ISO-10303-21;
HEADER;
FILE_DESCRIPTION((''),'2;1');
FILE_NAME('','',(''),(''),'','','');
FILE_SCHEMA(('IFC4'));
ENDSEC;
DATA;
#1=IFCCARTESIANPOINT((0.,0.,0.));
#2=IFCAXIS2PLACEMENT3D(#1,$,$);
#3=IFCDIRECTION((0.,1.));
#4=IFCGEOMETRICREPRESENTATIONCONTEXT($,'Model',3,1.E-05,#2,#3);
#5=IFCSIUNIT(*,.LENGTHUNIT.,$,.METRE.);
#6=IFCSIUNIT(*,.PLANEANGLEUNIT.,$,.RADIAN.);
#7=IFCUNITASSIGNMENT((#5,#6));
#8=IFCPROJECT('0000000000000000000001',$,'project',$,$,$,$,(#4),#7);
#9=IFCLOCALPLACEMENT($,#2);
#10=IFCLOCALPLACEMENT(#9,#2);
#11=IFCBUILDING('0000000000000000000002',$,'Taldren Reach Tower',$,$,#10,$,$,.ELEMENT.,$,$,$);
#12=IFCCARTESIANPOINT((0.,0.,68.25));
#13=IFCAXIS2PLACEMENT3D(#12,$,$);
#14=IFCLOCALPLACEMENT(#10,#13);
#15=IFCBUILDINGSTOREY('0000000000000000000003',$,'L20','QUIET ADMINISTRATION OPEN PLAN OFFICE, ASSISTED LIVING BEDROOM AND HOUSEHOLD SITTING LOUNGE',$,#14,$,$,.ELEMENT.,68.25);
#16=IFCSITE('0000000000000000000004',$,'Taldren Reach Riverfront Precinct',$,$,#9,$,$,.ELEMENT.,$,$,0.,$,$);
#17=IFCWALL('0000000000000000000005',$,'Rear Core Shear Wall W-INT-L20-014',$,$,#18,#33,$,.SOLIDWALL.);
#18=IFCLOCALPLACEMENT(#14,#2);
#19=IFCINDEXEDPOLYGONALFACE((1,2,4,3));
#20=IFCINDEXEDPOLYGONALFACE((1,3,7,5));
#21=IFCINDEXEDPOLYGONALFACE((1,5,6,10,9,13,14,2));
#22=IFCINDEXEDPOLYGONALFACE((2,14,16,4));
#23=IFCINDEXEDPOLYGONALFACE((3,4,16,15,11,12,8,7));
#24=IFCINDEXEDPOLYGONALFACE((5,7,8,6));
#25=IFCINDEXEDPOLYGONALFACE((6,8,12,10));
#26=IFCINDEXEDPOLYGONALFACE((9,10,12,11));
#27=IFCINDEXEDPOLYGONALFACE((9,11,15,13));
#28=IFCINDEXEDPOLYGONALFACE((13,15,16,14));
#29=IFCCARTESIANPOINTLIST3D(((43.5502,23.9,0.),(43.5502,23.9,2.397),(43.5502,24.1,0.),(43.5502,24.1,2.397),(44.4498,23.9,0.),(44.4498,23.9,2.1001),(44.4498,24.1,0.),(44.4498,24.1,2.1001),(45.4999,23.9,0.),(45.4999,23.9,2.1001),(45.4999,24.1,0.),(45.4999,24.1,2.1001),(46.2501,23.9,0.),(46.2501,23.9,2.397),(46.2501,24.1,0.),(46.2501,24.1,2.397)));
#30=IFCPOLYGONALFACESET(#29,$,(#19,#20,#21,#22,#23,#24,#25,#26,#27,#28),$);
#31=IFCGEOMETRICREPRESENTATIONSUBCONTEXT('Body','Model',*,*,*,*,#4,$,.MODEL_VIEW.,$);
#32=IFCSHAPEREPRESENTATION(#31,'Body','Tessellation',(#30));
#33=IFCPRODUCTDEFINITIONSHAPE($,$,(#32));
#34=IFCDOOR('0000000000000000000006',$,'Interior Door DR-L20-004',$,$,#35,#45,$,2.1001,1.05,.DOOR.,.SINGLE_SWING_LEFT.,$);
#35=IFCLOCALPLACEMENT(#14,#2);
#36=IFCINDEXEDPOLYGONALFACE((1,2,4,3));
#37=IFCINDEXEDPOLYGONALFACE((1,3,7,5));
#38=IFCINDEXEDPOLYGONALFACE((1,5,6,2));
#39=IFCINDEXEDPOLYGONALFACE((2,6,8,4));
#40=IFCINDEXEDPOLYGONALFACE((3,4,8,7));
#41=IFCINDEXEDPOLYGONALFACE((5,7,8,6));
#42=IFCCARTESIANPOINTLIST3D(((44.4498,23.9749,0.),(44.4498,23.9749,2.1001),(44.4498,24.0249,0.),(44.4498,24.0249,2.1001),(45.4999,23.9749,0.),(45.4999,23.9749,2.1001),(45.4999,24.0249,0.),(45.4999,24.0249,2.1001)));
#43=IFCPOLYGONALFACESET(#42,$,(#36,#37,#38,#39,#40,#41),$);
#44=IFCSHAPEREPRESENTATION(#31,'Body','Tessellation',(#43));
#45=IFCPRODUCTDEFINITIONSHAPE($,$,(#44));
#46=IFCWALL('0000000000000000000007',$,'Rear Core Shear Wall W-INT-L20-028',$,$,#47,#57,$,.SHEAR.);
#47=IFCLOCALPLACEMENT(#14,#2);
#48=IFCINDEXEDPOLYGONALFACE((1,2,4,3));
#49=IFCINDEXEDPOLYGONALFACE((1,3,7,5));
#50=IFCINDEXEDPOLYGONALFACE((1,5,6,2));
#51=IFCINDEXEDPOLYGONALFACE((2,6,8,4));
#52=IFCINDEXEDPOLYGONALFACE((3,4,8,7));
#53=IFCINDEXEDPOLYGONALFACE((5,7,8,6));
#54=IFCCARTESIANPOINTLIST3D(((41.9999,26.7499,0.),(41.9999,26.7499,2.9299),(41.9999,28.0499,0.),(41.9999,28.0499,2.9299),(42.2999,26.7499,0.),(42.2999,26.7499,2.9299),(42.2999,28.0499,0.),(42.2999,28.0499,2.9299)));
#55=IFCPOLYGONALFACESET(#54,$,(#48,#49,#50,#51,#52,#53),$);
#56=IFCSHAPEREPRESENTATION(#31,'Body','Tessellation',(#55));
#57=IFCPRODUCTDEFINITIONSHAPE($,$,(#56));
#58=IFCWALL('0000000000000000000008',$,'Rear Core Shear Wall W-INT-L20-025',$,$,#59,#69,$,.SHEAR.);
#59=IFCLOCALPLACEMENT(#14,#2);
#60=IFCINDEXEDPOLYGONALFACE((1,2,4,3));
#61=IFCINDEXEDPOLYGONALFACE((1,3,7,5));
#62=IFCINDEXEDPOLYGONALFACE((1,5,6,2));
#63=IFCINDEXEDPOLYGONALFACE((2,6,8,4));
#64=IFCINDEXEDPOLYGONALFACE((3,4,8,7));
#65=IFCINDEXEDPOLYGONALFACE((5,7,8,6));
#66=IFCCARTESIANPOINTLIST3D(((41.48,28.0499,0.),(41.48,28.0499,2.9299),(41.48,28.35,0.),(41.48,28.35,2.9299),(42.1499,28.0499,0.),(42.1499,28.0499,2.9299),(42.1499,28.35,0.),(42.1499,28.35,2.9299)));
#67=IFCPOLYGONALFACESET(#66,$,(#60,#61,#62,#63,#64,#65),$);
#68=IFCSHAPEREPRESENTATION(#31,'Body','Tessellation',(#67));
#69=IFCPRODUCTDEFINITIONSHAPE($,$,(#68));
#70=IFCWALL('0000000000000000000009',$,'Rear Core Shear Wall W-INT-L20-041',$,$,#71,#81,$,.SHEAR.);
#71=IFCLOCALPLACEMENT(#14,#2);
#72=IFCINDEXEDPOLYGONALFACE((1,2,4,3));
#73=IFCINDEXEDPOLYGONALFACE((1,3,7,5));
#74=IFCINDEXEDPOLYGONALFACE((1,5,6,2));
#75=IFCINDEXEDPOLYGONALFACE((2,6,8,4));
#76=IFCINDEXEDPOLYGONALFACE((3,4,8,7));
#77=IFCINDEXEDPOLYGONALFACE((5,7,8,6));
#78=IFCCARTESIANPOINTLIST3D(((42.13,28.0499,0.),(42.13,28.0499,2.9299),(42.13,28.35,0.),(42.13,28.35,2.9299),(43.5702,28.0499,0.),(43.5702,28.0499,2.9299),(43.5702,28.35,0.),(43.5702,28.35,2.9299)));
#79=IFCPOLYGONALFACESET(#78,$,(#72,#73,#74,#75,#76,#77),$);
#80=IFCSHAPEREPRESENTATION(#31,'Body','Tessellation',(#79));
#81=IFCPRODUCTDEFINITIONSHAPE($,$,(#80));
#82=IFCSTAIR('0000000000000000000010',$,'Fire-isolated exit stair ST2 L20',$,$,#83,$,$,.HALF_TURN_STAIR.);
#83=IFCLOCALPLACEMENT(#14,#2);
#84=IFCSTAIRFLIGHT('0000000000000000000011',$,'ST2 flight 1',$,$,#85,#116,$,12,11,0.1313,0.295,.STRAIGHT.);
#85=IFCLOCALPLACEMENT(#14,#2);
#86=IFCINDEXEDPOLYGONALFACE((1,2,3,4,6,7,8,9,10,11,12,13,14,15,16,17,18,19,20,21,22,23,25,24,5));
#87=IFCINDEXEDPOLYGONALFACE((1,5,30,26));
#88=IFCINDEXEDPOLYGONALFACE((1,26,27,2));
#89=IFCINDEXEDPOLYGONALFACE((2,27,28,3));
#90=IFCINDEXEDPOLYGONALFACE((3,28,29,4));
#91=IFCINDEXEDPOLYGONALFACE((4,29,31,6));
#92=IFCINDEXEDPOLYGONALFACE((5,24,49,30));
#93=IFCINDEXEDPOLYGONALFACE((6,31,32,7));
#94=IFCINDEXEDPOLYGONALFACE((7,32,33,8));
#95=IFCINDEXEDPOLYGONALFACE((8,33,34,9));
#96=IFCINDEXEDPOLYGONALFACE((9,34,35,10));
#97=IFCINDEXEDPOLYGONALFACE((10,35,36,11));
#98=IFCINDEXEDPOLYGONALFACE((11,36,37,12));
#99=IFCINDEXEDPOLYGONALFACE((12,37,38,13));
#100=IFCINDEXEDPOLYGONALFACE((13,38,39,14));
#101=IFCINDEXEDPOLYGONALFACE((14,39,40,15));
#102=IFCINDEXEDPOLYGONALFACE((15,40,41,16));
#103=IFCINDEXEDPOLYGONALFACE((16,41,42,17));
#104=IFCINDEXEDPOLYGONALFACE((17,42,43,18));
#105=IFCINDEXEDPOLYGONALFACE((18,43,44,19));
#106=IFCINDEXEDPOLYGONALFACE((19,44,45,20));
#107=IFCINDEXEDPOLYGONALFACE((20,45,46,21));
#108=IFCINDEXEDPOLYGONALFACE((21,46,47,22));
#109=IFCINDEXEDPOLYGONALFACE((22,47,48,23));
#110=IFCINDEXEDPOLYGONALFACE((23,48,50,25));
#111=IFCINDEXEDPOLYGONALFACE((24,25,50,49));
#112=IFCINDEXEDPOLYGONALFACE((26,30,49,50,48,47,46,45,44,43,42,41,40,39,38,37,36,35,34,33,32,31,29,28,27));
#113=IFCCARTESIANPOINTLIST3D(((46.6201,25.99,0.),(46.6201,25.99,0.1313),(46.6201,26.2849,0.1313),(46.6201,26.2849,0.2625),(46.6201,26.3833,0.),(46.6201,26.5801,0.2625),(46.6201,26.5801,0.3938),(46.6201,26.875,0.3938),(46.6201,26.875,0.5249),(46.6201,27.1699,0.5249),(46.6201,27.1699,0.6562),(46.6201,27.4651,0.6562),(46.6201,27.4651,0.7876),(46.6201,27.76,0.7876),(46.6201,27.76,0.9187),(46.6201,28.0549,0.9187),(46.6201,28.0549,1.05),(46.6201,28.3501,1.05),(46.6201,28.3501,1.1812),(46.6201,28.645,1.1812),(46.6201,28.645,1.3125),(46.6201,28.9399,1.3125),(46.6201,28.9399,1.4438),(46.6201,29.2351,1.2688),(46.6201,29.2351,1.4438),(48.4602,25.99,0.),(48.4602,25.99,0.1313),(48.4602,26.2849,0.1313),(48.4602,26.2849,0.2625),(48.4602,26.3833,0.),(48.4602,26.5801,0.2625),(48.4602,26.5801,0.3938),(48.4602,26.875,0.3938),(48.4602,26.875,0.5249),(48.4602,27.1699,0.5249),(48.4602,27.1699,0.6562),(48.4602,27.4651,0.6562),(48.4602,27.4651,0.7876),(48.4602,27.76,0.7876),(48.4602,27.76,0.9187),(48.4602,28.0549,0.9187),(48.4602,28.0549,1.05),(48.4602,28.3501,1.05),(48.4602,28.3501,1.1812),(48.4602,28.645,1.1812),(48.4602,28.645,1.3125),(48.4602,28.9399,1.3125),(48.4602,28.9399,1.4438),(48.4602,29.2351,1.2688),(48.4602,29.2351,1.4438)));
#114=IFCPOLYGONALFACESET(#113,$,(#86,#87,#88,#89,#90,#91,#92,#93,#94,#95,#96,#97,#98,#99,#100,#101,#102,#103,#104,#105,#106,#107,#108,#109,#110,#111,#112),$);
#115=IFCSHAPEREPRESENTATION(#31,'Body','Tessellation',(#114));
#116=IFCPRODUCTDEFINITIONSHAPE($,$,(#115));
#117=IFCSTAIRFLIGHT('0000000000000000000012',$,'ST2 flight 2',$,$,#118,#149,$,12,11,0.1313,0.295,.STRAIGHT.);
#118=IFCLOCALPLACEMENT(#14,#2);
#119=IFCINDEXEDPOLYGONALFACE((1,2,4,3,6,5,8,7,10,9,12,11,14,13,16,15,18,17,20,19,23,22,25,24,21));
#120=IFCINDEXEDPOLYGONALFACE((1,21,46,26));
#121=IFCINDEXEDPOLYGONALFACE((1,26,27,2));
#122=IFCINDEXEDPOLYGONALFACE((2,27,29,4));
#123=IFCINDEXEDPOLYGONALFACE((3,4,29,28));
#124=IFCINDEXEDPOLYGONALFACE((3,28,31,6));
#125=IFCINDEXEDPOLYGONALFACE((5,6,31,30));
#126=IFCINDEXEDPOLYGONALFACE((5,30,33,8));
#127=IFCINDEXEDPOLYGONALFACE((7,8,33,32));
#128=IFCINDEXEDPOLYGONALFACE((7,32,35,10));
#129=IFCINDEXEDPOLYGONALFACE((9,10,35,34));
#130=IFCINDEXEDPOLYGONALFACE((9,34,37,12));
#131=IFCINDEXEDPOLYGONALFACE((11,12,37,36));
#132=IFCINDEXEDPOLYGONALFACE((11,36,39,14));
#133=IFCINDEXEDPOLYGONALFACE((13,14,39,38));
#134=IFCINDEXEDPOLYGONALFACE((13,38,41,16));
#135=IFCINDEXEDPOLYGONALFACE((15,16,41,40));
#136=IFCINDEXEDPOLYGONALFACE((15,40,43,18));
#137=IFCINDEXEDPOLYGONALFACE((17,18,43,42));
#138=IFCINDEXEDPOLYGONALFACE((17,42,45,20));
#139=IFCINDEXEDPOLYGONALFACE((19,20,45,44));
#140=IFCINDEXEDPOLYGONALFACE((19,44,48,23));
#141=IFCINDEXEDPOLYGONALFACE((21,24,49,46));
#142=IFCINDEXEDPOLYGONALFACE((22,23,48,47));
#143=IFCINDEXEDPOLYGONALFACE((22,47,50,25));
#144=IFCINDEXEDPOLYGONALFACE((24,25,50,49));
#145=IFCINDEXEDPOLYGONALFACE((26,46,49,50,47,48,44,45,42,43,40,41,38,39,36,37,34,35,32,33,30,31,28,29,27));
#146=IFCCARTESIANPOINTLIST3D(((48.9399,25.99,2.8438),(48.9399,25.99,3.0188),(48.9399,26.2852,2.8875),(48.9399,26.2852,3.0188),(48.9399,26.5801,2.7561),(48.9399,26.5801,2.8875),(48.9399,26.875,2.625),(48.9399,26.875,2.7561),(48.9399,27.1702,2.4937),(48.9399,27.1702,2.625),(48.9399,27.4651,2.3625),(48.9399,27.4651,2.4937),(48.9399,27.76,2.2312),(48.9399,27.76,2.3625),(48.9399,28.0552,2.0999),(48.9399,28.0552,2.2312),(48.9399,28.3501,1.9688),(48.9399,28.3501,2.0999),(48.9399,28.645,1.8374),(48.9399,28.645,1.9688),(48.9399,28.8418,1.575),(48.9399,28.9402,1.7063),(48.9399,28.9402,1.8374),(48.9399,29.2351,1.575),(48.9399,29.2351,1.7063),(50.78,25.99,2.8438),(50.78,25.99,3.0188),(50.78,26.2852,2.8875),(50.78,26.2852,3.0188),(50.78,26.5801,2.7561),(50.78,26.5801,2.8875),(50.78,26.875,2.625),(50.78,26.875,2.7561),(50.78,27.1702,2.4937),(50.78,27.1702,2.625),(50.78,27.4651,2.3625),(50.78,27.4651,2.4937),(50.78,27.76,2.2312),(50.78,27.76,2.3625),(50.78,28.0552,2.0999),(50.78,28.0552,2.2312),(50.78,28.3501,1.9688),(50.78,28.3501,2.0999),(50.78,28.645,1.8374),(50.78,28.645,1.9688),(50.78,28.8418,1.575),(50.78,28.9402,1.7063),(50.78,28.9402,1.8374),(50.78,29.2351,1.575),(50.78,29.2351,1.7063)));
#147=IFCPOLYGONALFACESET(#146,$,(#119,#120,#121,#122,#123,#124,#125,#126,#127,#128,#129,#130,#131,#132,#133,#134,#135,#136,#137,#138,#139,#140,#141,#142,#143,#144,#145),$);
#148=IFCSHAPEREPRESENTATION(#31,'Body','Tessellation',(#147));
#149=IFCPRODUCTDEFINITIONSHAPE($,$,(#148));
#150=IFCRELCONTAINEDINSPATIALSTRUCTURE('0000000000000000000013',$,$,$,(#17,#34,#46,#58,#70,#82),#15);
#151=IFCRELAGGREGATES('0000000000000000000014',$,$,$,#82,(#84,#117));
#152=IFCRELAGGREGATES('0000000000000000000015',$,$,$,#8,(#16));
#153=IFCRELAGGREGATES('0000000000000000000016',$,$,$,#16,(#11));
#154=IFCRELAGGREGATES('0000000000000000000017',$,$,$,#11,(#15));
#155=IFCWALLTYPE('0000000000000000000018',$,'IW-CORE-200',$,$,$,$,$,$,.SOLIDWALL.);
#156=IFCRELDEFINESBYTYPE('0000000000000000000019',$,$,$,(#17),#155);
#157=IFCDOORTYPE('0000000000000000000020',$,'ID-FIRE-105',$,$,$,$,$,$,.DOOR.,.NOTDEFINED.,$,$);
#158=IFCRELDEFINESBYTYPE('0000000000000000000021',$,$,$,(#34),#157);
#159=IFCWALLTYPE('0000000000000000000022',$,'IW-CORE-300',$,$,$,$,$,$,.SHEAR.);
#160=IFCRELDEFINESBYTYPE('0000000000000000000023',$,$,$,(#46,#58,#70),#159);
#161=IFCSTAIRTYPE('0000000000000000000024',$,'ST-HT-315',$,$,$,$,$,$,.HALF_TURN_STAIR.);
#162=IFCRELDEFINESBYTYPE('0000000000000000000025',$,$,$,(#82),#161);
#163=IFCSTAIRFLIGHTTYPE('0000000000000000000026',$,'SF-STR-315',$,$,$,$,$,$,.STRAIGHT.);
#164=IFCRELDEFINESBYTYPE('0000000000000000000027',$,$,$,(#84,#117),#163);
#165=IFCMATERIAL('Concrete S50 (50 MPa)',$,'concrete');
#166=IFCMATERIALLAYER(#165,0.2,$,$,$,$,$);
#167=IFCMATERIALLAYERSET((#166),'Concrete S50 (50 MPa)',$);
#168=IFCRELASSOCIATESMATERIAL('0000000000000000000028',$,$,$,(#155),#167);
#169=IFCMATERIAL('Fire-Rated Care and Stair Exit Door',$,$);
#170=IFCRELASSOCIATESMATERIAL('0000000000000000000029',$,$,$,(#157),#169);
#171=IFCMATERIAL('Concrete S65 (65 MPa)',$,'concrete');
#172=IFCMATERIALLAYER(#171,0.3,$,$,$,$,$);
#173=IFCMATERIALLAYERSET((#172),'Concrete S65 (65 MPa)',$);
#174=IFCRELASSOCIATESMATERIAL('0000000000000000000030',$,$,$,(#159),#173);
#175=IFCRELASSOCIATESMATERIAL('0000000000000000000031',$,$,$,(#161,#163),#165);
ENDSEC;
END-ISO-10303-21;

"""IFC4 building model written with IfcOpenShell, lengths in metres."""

from ifc_helpers import new_model, si_unit, direction, frame, frame_2d, origin, place, context, subcontext, project, spatial, polyline, rectangle, outline, extrude, source, transform, mapped, material, layer, layer_set, type_object, element, fill, aggregate, save


model = new_model("IFC4")

# Units and contexts
model_context = context("Model", 3, precision=1e-05, world=origin(), true_north=direction((0.0, 1.0)))
body_context = subcontext(model_context, "Body", "Model", "MODEL_VIEW")
ifc_project = project(units=[si_unit("LENGTHUNIT", "METRE"), si_unit("PLANEANGLEUNIT", "RADIAN")], contexts=[model_context])

# Site, building, storey
site_placement = place(None, origin())
site = spatial("IfcSite", under=ifc_project, at=site_placement, Name="Taldren Reach Riverfront Precinct", CompositionType="ELEMENT", RefElevation=0.0)
building_placement = place(site_placement, origin())
building = spatial("IfcBuilding", under=site, at=building_placement, Name="Taldren Reach Tower", CompositionType="ELEMENT")
storey_placement = place(building_placement, frame((0.0, 0.0, 68.25)))
storey = spatial("IfcBuildingStorey", under=building, at=storey_placement, Name="L20", Description="QUIET ADMINISTRATION OPEN PLAN OFFICE, ASSISTED LIVING BEDROOM AND HOUSEHOLD SITTING LOUNGE", CompositionType="ELEMENT", Elevation=68.25)

# Shared definitions
ifc_material_1 = material(Name="Concrete S50 (50 MPa)", Category="concrete")
ifc_layer_1 = layer(ifc_material_1, 0.2)
ifc_layer_set_1 = layer_set([ifc_layer_1], Name="Concrete S50 (50 MPa)")
wall_type_1 = type_object("IfcWallType", Name="IW-CORE-200", PredefinedType="SOLIDWALL", material=ifc_layer_set_1)
shared_shape_1 = source(origin(), body_context, "Body", "SweptSolid", [
    extrude(rectangle(XDim=1.05, YDim=2.1001, at=frame_2d((0.5249, 1.05))), frame((0.0, 0.1099, 0.0), z_axis=(0.0, -1.0, 0.0), x_axis=(1.0, 0.0, 0.0)), (0.0, 0.0, 1.0), 0.22),
])
ifc_material_2 = material(Name="Fire-Rated Care and Stair Exit Door")
door_type_1 = type_object("IfcDoorType", Name="ID-FIRE-105", OperationType="NOTDEFINED", PredefinedType="DOOR", material=ifc_material_2)
shared_shape_2 = source(origin(), body_context, "Body", "SweptSolid", [
    extrude(rectangle(XDim=1.05, YDim=2.1001, at=frame_2d((0.5249, 1.05))), frame((0.0, 0.0249, 0.0), z_axis=(0.0, -1.0, 0.0), x_axis=(1.0, 0.0, 0.0)), (0.0, 0.0, 1.0), 0.05),
])

# Shared definitions
ifc_material_3 = material(Name="Concrete S65 (65 MPa)", Category="concrete")
ifc_layer_2 = layer(ifc_material_3, 0.3)
ifc_layer_set_2 = layer_set([ifc_layer_2], Name="Concrete S65 (65 MPa)")
wall_type_2 = type_object("IfcWallType", Name="IW-CORE-300", PredefinedType="SHEAR", material=ifc_layer_set_2)

# Wall, opening, door
shared_shape_3 = source(origin(), body_context, "Body", "SweptSolid", [
    extrude(rectangle(XDim=2.7, YDim=0.2, at=frame_2d((1.3501, 0.0))), origin(), (0.0, 0.0, 1.0), 2.397),
])
wall_1_placement = place(storey_placement, frame((43.55, 24.0, 0.0), z_axis=(0.0, 0.0, 1.0), x_axis=(1.0, 0.0, 0.0)))
wall_1 = element("IfcWall", 1, at=wall_1_placement, inside=storey, type_object=wall_type_1, Name="Rear Core Shear Wall W-INT-L20-014", PredefinedType="SOLIDWALL", context=body_context, shape_type="MappedRepresentation", body=[
    mapped(shared_shape_3, transform((0.0, 0.0, 0.0), scale=1.0)),
])
opening_1_placement = place(wall_1_placement, frame((0.8999, 0.0, 0.0)))
opening_1 = element("IfcOpeningElement", 2, at=opening_1_placement, cuts=wall_1, PredefinedType="OPENING", context=body_context, shape_type="MappedRepresentation", body=[
    mapped(shared_shape_1, transform((0.0, 0.0, 0.0), scale=1.0)),
])
door_1_placement = place(opening_1_placement, origin())
door_1 = element("IfcDoor", 3, at=door_1_placement, inside=storey, type_object=door_type_1, Name="Interior Door DR-L20-004", OperationType="SINGLE_SWING_LEFT", OverallHeight=2.1001, OverallWidth=1.05, PredefinedType="DOOR", context=body_context, shape_type="MappedRepresentation", body=[
    mapped(shared_shape_2, transform((0.0, 0.0, 0.0), scale=1.0)),
])
fill(opening_1, door_1)

# Walls
shared_shape_4 = source(origin(), body_context, "Body", "SweptSolid", [
    extrude(rectangle(XDim=1.3, YDim=0.3, at=frame_2d((0.6499, 0.0))), origin(), (0.0, 0.0, 1.0), 2.9299),
])
wall_2_placement = place(storey_placement, frame((42.1499, 26.75, 0.0), z_axis=(0.0, 0.0, 1.0), x_axis=(0.0, 1.0, 0.0)))
element("IfcWall", 4, at=wall_2_placement, inside=storey, type_object=wall_type_2, Name="Rear Core Shear Wall W-INT-L20-028", PredefinedType="SHEAR", context=body_context, shape_type="MappedRepresentation", body=[
    mapped(shared_shape_4, transform((0.0, 0.0, 0.0), scale=1.0)),
])
shared_shape_5 = source(origin(), body_context, "Body", "SweptSolid", [
    extrude(rectangle(XDim=0.6699, YDim=0.3, at=frame_2d((0.335, 0.0))), origin(), (0.0, 0.0, 1.0), 2.9299),
])
wall_3_placement = place(storey_placement, frame((42.1499, 28.2, 0.0), z_axis=(0.0, 0.0, 1.0), x_axis=(-1.0, 0.0, 0.0)))
element("IfcWall", 5, at=wall_3_placement, inside=storey, type_object=wall_type_2, Name="Rear Core Shear Wall W-INT-L20-025", PredefinedType="SHEAR", context=body_context, shape_type="MappedRepresentation", body=[
    mapped(shared_shape_5, transform((0.0, 0.0, 0.0), scale=1.0)),
])
shared_shape_6 = source(origin(), body_context, "Body", "SweptSolid", [
    extrude(rectangle(XDim=1.4402, YDim=0.3, at=frame_2d((0.7202, 0.0))), origin(), (0.0, 0.0, 1.0), 2.9299),
])
wall_4_placement = place(storey_placement, frame((42.1299, 28.2, 0.0), z_axis=(0.0, 0.0, 1.0), x_axis=(1.0, 0.0, 0.0)))
element("IfcWall", 6, at=wall_4_placement, inside=storey, type_object=wall_type_2, Name="Rear Core Shear Wall W-INT-L20-041", PredefinedType="SHEAR", context=body_context, shape_type="MappedRepresentation", body=[
    mapped(shared_shape_6, transform((0.0, 0.0, 0.0), scale=1.0)),
])

# Stair, stair flights
stair_type = type_object("IfcStairType", Name="ST-HT-315", PredefinedType="HALF_TURN_STAIR", material=ifc_material_1)
stair_placement = place(storey_placement, origin())
stair = element("IfcStair", 7, at=stair_placement, inside=storey, type_object=stair_type, Name="Fire-isolated exit stair ST2 L20", PredefinedType="HALF_TURN_STAIR")
stair_flight_type = type_object("IfcStairFlightType", Name="SF-STR-315", PredefinedType="STRAIGHT", material=ifc_material_1)
stair_flight_1_placement = place(storey_placement, frame((47.54, 25.99, 0.0), z_axis=(0.0, 0.0, 1.0), x_axis=(0.0, 1.0, 0.0)))
stair_flight_1 = element("IfcStairFlight", 8, at=stair_flight_1_placement, type_object=stair_flight_type, Name="ST2 flight 1", NumberOfRisers=12, NumberOfTreads=11, PredefinedType="STRAIGHT", RiserHeight=0.1313, TreadLength=0.295, context=body_context, shape_type="SweptSolid", body=[
    extrude(outline(polyline([(0.0, 0.0), (0.0, 0.1313), (0.2949, 0.1313), (0.2949, 0.2625), (0.5901, 0.2625), (0.5901, 0.3938), (0.885, 0.3938), (0.885, 0.5249), (1.1799, 0.5249), (1.1799, 0.6562), (1.4751, 0.6562), (1.4751, 0.7876), (1.77, 0.7876), (1.77, 0.9187), (2.0649, 0.9187), (2.0649, 1.05), (2.3601, 1.05), (2.3601, 1.1812), (2.655, 1.1812), (2.655, 1.3125), (2.95, 1.3125), (2.95, 1.4438), (3.2451, 1.4438), (3.2451, 1.575), (3.2451, 1.2688), (0.3933, 0.0), (0.0, 0.0)])), frame((0.0, 0.9199, 0.0), z_axis=(0.0, -1.0, 0.0), x_axis=(1.0, 0.0, 0.0)), (0.0, 0.0, 1.0), 1.8401),
])
stair_flight_2_placement = place(storey_placement, frame((49.8601, 29.2351, 1.575), z_axis=(0.0, 0.0, 1.0), x_axis=(0.0, -1.0, 0.0)))
stair_flight_2 = element("IfcStairFlight", 9, at=stair_flight_2_placement, type_object=stair_flight_type, Name="ST2 flight 2", NumberOfRisers=12, NumberOfTreads=11, PredefinedType="STRAIGHT", RiserHeight=0.1313, TreadLength=0.295, context=body_context, shape_type="SweptSolid", body=[
    extrude(outline(polyline([(0.0, 0.0), (0.0, 0.1313), (0.2949, 0.1313), (0.2949, 0.2625), (0.5901, 0.2625), (0.5901, 0.3938), (0.885, 0.3938), (0.885, 0.5249), (1.1799, 0.5249), (1.1799, 0.6562), (1.4751, 0.6562), (1.4751, 0.7876), (1.77, 0.7876), (1.77, 0.9187), (2.0649, 0.9187), (2.0649, 1.05), (2.3601, 1.05), (2.3601, 1.1812), (2.655, 1.1812), (2.655, 1.3125), (2.95, 1.3125), (2.95, 1.4438), (3.2451, 1.4438), (3.2451, 1.575), (3.2451, 1.2688), (0.3933, 0.0), (0.0, 0.0)])), frame((0.0, 0.9199, 0.0), z_axis=(0.0, -1.0, 0.0), x_axis=(1.0, 0.0, 0.0)), (0.0, 0.0, 1.0), 1.8401),
])
aggregate(stair, [stair_flight_1, stair_flight_2])

save(model, "model.ifc")
